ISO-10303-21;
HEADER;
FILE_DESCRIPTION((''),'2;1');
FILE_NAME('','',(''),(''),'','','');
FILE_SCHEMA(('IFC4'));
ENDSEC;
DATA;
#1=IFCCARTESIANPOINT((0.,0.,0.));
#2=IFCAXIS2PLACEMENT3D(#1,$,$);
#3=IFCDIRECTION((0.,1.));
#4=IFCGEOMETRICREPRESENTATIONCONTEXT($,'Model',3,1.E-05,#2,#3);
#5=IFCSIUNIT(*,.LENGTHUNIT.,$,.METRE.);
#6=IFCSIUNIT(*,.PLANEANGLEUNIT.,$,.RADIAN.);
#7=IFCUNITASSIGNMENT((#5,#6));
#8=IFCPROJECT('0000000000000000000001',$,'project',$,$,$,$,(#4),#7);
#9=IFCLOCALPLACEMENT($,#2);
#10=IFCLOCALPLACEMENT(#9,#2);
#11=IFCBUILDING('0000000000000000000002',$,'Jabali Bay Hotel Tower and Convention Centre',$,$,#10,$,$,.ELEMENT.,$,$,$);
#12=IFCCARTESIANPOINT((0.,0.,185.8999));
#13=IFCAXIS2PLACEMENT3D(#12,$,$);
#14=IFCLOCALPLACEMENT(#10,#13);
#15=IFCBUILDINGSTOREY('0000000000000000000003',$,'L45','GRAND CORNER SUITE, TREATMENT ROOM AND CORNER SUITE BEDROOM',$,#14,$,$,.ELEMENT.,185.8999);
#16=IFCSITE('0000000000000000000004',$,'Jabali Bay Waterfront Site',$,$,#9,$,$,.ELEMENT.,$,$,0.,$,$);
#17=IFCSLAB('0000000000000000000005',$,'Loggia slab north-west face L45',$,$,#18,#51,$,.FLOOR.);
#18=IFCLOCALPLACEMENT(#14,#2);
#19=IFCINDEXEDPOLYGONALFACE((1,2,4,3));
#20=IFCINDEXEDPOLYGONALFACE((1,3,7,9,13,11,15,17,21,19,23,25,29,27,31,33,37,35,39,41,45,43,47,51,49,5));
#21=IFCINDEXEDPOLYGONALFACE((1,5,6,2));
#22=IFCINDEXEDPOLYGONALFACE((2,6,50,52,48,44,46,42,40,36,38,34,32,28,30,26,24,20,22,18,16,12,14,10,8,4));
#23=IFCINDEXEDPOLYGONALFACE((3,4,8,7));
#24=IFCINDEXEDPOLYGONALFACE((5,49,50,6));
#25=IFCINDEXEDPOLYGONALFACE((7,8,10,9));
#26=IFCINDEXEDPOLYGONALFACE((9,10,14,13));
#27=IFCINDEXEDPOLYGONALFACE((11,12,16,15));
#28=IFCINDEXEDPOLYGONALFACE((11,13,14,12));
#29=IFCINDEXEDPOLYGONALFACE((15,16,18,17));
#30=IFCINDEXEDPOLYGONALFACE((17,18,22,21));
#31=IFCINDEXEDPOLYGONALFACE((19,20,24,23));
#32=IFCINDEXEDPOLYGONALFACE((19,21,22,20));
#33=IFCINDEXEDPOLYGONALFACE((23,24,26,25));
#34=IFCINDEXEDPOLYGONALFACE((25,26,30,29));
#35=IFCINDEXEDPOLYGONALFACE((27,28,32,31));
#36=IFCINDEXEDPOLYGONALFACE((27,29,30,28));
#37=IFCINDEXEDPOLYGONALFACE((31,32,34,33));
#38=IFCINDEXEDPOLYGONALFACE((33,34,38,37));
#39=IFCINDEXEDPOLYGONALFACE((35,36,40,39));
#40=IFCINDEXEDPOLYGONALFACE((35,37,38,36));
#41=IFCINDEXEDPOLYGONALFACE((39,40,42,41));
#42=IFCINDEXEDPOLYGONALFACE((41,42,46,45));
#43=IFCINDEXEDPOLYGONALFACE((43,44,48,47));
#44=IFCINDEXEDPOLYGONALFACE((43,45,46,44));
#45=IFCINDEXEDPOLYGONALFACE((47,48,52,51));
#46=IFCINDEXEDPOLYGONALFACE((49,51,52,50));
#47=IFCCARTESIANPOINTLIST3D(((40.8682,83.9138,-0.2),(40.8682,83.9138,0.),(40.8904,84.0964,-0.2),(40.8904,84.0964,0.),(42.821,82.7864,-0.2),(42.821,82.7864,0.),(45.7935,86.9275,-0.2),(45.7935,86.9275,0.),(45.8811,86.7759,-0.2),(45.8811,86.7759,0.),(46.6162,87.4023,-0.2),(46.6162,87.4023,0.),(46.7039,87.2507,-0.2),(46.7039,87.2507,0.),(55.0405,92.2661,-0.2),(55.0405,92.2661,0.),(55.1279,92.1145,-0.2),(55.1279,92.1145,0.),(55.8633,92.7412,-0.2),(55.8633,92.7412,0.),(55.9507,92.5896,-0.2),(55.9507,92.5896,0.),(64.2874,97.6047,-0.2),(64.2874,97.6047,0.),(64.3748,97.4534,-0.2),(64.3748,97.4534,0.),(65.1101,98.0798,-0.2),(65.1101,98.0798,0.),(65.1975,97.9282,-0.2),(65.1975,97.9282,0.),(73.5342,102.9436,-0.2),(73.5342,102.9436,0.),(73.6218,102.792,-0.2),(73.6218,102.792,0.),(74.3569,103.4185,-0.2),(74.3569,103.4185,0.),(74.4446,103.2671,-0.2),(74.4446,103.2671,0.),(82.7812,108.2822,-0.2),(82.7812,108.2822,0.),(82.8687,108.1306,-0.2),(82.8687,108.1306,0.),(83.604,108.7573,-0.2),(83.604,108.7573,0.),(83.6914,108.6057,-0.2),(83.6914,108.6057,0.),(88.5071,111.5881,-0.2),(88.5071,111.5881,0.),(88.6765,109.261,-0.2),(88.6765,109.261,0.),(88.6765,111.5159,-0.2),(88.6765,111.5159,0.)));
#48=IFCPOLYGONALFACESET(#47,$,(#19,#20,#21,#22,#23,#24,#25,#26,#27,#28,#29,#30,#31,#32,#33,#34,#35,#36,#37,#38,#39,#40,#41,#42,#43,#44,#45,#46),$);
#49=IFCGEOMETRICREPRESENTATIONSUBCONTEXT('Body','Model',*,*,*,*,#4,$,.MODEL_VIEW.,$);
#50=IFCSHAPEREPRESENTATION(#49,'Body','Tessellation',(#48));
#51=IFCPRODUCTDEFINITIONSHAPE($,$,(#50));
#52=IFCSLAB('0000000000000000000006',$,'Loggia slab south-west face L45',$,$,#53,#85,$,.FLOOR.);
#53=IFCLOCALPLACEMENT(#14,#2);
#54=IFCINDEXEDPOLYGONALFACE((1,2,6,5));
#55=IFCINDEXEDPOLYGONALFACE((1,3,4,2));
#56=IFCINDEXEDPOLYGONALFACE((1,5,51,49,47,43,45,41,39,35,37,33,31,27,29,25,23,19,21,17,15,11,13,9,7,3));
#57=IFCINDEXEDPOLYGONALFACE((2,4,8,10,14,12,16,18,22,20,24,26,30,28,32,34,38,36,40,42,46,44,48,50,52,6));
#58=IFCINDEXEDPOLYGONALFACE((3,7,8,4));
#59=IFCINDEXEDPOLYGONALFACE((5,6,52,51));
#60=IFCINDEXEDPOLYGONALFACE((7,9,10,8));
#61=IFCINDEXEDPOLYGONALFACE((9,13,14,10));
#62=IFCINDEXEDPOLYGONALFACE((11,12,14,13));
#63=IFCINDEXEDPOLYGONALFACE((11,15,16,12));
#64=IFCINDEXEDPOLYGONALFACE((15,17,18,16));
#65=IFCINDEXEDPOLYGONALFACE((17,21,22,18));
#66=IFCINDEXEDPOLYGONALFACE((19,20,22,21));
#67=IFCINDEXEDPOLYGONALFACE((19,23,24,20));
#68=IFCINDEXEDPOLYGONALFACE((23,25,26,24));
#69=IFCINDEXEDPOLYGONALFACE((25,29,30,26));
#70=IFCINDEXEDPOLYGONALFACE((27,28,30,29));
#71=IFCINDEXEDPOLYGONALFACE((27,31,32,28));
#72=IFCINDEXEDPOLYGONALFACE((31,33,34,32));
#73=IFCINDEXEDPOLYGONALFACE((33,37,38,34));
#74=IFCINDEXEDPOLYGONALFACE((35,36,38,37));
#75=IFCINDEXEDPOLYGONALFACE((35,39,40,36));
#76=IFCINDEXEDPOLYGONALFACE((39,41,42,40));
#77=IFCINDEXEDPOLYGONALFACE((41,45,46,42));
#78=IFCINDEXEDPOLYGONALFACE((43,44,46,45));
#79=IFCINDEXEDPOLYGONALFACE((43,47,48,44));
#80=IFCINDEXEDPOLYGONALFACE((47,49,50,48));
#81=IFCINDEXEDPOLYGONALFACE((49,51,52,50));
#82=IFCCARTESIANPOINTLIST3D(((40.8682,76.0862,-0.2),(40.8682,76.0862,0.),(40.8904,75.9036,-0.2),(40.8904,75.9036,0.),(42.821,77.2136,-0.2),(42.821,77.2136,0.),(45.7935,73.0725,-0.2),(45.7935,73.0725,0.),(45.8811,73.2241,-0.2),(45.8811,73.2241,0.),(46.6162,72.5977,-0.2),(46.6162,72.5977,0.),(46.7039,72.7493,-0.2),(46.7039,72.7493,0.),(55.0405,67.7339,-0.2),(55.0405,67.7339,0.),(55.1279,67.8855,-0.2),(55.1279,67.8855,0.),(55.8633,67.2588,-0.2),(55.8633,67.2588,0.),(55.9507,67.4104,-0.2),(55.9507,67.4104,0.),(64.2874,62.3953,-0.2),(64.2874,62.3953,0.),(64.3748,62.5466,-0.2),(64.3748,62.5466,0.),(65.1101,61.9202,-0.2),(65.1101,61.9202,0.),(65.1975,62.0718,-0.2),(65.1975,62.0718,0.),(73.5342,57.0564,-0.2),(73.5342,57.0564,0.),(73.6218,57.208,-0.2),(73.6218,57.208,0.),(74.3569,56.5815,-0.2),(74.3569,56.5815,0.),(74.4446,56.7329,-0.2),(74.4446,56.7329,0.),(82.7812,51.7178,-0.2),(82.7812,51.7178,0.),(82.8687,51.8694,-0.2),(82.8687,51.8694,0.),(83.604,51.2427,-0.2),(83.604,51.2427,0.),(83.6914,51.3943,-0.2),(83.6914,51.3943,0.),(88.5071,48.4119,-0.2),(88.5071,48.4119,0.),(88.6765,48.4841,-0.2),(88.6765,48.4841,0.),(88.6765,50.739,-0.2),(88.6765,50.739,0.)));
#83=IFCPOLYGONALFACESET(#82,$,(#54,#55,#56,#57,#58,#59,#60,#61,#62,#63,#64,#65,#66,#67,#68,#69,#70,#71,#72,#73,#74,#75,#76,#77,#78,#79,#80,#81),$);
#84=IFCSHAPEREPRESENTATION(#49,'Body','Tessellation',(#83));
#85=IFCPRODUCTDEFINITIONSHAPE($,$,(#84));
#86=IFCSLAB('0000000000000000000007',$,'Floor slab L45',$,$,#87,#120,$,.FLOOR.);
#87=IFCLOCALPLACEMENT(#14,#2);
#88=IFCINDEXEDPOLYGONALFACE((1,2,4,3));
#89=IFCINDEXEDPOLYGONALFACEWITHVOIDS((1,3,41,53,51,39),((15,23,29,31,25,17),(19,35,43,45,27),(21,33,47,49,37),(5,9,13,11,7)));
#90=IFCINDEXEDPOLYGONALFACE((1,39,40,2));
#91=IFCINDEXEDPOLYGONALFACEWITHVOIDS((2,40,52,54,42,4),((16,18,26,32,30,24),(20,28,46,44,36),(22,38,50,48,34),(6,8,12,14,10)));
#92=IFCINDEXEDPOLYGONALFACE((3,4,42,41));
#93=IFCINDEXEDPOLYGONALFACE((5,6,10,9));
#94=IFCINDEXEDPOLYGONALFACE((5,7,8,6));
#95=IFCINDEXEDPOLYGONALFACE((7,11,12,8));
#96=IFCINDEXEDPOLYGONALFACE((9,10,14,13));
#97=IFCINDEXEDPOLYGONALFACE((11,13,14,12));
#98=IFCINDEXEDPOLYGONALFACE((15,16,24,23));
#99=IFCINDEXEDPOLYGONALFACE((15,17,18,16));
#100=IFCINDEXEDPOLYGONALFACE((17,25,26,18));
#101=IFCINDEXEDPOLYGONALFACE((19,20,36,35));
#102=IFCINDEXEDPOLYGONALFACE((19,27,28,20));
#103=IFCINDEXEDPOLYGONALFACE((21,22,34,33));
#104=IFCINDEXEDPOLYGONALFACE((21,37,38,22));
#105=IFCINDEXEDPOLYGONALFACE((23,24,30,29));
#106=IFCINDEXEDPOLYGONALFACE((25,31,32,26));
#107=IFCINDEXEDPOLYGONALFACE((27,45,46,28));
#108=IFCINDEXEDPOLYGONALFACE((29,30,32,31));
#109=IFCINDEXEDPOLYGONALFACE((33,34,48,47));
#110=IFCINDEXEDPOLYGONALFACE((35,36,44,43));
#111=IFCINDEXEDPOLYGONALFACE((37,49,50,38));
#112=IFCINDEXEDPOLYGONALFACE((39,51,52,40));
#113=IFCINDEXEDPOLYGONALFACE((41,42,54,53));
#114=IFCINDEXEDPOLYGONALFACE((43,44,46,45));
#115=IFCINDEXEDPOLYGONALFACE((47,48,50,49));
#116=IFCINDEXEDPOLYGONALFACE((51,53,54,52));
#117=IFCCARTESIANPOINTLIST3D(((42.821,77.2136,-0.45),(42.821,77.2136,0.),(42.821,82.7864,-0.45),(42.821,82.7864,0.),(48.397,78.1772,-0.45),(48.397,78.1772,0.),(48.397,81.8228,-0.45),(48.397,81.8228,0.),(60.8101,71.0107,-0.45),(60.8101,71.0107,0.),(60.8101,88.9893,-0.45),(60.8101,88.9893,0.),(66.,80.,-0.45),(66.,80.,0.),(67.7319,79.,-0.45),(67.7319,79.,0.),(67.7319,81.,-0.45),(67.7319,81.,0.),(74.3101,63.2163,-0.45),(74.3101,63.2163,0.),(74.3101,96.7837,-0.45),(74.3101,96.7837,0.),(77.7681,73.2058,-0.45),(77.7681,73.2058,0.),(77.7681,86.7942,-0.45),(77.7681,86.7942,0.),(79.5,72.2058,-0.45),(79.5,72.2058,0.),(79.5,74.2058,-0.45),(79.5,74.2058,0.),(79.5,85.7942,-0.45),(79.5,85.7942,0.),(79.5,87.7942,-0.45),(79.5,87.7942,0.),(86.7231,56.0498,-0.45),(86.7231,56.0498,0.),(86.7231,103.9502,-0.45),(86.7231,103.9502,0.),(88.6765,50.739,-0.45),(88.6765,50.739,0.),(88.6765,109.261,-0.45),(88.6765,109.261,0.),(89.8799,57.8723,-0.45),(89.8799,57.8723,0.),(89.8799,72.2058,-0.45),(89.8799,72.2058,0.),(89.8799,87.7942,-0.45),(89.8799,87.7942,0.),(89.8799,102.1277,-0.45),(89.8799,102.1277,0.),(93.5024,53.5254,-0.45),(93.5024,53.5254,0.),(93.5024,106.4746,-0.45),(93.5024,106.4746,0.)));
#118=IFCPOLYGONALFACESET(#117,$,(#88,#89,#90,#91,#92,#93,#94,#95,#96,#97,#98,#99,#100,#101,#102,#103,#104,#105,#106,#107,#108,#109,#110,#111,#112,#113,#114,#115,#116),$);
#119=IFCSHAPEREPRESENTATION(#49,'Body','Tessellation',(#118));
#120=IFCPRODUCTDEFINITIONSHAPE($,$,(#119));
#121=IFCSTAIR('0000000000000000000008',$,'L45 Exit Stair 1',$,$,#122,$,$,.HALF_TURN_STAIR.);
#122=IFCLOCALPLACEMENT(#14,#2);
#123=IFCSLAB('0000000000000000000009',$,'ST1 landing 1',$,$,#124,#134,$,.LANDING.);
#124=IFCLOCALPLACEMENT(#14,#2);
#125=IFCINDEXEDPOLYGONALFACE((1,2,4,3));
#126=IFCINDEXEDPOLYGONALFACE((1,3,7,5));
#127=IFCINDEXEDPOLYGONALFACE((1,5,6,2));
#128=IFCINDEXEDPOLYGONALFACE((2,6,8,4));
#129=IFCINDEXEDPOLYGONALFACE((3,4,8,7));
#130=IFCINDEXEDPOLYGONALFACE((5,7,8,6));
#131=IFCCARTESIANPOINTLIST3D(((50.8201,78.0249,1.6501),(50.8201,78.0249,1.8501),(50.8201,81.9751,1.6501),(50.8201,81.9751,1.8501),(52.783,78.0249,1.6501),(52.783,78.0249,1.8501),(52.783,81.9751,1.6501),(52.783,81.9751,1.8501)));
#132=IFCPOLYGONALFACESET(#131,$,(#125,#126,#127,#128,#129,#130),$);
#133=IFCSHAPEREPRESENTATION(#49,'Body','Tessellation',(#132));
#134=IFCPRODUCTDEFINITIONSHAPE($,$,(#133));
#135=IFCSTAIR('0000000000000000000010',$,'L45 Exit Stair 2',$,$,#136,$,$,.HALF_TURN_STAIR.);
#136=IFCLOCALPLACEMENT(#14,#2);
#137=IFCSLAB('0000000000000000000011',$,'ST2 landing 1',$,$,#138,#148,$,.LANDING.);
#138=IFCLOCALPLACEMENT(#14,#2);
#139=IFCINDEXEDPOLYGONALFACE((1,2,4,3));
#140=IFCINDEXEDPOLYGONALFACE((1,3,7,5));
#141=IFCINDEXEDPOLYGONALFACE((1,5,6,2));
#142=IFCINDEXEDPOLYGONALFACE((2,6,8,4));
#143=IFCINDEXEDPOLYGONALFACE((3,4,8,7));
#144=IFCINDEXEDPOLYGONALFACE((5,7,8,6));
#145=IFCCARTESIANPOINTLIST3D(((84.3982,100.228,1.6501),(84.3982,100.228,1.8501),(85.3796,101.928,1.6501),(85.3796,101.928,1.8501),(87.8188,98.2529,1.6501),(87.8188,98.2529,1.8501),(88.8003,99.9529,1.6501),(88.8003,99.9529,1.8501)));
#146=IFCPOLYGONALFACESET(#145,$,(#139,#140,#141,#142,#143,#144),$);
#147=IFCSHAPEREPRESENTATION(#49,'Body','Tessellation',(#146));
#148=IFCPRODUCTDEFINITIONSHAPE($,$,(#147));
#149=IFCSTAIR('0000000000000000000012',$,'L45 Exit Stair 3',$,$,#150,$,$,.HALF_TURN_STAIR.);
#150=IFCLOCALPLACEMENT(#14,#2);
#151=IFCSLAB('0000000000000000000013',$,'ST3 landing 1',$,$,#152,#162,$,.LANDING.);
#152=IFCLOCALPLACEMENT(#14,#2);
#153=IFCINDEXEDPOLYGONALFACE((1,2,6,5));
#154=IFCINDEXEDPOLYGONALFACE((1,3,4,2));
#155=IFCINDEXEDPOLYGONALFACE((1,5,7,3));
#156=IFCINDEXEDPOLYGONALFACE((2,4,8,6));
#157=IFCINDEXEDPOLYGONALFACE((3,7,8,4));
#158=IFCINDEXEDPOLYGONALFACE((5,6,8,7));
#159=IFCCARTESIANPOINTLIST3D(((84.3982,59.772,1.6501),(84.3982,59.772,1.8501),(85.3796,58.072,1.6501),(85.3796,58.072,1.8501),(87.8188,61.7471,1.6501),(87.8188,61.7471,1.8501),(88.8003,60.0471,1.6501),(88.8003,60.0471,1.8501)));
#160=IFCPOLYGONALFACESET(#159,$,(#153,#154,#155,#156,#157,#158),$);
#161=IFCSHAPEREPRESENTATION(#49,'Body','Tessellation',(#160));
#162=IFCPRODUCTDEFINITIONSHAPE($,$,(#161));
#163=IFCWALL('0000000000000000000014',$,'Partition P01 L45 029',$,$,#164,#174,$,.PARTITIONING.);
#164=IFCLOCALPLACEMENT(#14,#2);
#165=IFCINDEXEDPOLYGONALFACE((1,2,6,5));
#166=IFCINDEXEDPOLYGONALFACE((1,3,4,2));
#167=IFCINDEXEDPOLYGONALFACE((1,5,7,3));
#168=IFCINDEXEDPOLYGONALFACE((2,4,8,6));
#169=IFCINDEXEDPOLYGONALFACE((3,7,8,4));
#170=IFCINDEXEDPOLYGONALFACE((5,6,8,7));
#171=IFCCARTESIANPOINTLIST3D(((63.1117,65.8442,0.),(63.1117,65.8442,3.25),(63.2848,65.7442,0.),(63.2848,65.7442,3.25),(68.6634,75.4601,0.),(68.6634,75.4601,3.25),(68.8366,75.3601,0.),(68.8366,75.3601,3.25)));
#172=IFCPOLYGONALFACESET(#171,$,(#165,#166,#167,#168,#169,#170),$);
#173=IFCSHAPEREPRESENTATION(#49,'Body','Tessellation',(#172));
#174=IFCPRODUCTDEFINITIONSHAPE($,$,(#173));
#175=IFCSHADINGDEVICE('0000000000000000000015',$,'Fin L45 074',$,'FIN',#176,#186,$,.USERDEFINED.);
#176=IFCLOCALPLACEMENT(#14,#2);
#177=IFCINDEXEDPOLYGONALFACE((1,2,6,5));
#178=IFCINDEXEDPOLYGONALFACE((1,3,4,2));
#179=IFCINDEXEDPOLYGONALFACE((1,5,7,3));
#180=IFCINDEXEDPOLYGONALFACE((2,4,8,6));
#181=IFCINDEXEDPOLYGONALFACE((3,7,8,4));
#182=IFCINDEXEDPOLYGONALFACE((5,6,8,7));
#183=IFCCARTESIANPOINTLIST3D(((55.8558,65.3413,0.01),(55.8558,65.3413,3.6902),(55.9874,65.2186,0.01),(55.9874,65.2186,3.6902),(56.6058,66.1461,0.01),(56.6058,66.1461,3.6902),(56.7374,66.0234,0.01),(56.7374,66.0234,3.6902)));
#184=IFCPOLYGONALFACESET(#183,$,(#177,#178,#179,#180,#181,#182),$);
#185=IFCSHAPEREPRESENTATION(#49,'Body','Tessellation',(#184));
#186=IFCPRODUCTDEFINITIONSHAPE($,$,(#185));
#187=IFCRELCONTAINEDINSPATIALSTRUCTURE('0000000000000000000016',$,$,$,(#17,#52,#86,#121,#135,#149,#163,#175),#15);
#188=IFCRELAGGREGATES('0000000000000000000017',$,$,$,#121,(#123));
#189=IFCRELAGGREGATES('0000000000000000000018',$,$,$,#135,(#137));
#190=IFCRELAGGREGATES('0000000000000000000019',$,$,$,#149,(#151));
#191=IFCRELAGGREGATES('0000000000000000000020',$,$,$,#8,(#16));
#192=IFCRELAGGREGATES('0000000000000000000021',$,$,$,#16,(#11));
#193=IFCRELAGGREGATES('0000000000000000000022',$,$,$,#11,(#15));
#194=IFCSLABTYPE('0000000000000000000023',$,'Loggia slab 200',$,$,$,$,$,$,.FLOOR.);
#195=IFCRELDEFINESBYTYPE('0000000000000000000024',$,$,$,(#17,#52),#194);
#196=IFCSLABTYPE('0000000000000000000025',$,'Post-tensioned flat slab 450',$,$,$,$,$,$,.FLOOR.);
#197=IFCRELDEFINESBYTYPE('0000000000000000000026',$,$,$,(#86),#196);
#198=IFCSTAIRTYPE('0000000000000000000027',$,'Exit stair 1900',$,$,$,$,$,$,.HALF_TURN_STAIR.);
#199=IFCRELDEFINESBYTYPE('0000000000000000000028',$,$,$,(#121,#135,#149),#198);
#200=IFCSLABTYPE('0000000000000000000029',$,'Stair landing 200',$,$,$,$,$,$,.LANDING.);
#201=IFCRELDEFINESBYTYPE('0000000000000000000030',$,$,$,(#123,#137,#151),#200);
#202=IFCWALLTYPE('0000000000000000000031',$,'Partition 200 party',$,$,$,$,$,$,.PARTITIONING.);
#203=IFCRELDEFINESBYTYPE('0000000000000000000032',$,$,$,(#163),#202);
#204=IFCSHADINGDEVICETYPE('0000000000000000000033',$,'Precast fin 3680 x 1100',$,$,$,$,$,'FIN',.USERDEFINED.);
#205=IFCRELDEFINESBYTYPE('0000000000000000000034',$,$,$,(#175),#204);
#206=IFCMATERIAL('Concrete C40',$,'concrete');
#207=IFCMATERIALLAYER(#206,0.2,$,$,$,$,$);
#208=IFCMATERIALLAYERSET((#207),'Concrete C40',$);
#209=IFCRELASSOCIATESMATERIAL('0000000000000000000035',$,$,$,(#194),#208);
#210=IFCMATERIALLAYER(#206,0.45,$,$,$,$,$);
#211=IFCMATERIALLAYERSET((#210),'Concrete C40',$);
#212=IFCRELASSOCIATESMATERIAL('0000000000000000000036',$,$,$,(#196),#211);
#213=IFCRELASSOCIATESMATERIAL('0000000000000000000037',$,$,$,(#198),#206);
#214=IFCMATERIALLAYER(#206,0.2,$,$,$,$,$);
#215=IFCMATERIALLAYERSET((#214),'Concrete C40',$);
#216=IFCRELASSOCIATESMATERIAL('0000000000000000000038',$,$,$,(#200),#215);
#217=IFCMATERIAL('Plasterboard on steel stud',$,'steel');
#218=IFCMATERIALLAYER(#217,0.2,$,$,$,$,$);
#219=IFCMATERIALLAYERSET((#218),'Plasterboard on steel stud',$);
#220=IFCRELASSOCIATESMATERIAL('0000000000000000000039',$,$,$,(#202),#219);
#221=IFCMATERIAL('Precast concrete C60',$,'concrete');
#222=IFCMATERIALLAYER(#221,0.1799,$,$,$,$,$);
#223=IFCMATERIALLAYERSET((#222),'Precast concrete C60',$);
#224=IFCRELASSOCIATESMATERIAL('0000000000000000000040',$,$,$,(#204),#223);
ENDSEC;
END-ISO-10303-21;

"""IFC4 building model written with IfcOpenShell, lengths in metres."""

from ifc_helpers import new_model, si_unit, direction, frame, frame_2d, origin, place, context, subcontext, project, spatial, polyline, rectangle, outline, extrude, material, layer, layer_set, type_object, element, aggregate, save


model = new_model("IFC4")

# Units and contexts
model_context = context("Model", 3, precision=1e-05, world=origin(), true_north=direction((0.0, 1.0)))
body_context = subcontext(model_context, "Body", "Model", "MODEL_VIEW")
ifc_project = project(units=[si_unit("LENGTHUNIT", "METRE"), si_unit("PLANEANGLEUNIT", "RADIAN")], contexts=[model_context])

# Site, building, storey
site_placement = place(None, origin())
site = spatial("IfcSite", under=ifc_project, at=site_placement, Name="Jabali Bay Waterfront Site", CompositionType="ELEMENT", RefElevation=0.0)
building_placement = place(site_placement, origin())
building = spatial("IfcBuilding", under=site, at=building_placement, Name="Jabali Bay Hotel Tower and Convention Centre", CompositionType="ELEMENT")
storey_placement = place(building_placement, frame((0.0, 0.0, 185.8999)))
storey = spatial("IfcBuildingStorey", under=building, at=storey_placement, Name="L45", Description="GRAND CORNER SUITE, TREATMENT ROOM AND CORNER SUITE BEDROOM", CompositionType="ELEMENT", Elevation=185.8999)

# Slabs
ifc_material_1 = material(Name="Concrete C40", Category="concrete")
ifc_layer_1 = layer(ifc_material_1, 0.2)
ifc_layer_set_1 = layer_set([ifc_layer_1], Name="Concrete C40")
slab_type_1 = type_object("IfcSlabType", Name="Loggia slab 200", PredefinedType="FLOOR", material=ifc_layer_set_1)
slab_1_placement = place(storey_placement, frame((0.0, 0.0, -0.2)))
element("IfcSlab", 1, at=slab_1_placement, inside=storey, type_object=slab_type_1, Name="Loggia slab north-west face L45", PredefinedType="FLOOR", context=body_context, shape_type="SweptSolid", body=[
    extrude(outline(polyline([(42.821, 82.7864), (40.8682, 83.9138), (40.8904, 84.0964), (45.7935, 86.9275), (45.8811, 86.7759), (46.7039, 87.2507), (46.6162, 87.4023), (55.0405, 92.2661), (55.1279, 92.1145), (55.9507, 92.5896), (55.8633, 92.7412), (64.2874, 97.6047), (64.3748, 97.4534), (65.1975, 97.9282), (65.1101, 98.0798), (73.5342, 102.9436), (73.6218, 102.792), (74.4446, 103.2671), (74.3569, 103.4185), (82.7812, 108.2822), (82.8687, 108.1306), (83.6914, 108.6057), (83.604, 108.7573), (88.5071, 111.5881), (88.6765, 111.5159), (88.6765, 109.261), (42.821, 82.7864)])), origin(), (0.0, 0.0, 1.0), 0.2),
])
slab_2_placement = place(storey_placement, frame((0.0, 0.0, -0.2)))
element("IfcSlab", 2, at=slab_2_placement, inside=storey, type_object=slab_type_1, Name="Loggia slab south-west face L45", PredefinedType="FLOOR", context=body_context, shape_type="SweptSolid", body=[
    extrude(outline(polyline([(88.6765, 50.739), (88.6765, 48.4841), (88.5071, 48.4119), (83.604, 51.2427), (83.6914, 51.3943), (82.8687, 51.8694), (82.7812, 51.7178), (74.3569, 56.5815), (74.4446, 56.7329), (73.6218, 57.208), (73.5342, 57.0564), (65.1101, 61.9202), (65.1975, 62.0718), (64.3748, 62.5466), (64.2874, 62.3953), (55.8633, 67.2588), (55.9507, 67.4104), (55.1279, 67.8855), (55.0405, 67.7339), (46.6162, 72.5977), (46.7039, 72.7493), (45.8811, 73.2241), (45.7935, 73.0725), (40.8904, 75.9036), (40.8682, 76.0862), (42.821, 77.2136), (88.6765, 50.739)])), origin(), (0.0, 0.0, 1.0), 0.2),
])
ifc_layer_2 = layer(ifc_material_1, 0.45)
ifc_layer_set_2 = layer_set([ifc_layer_2], Name="Concrete C40")
slab_type_2 = type_object("IfcSlabType", Name="Post-tensioned flat slab 450", PredefinedType="FLOOR", material=ifc_layer_set_2)
slab_3_placement = place(storey_placement, frame((0.0, 0.0, -0.45)))
element("IfcSlab", 3, at=slab_3_placement, inside=storey, type_object=slab_type_2, Name="Floor slab L45", PredefinedType="FLOOR", context=body_context, shape_type="SweptSolid", body=[
    extrude(outline(polyline([(88.6765, 109.261), (93.5024, 106.4746), (93.5024, 53.5254), (88.6765, 50.739), (42.821, 77.2136), (42.821, 82.7864), (88.6765, 109.261)]), holes=[polyline([(67.7319, 79.0), (77.7681, 73.2058), (79.5, 74.2058), (79.5, 85.7942), (77.7681, 86.7942), (67.7319, 81.0), (67.7319, 79.0)]), polyline([(48.397, 78.1772), (60.8101, 71.0107), (66.0, 80.0), (60.8101, 88.9893), (48.397, 81.8228), (48.397, 78.1772)]), polyline([(89.8799, 102.1277), (86.7231, 103.9502), (74.3101, 96.7837), (79.5, 87.7942), (89.8799, 87.7942), (89.8799, 102.1277)]), polyline([(74.3101, 63.2163), (86.7231, 56.0498), (89.8799, 57.8723), (89.8799, 72.2058), (79.5, 72.2058), (74.3101, 63.2163)])]), origin(), (0.0, 0.0, 1.0), 0.45),
])

# Stairs, slabs
stair_type = type_object("IfcStairType", Name="Exit stair 1900", PredefinedType="HALF_TURN_STAIR", material=ifc_material_1)
stair_1_placement = place(storey_placement, origin())
stair_1 = element("IfcStair", 4, at=stair_1_placement, inside=storey, type_object=stair_type, Name="L45 Exit Stair 1", PredefinedType="HALF_TURN_STAIR")
ifc_layer_3 = layer(ifc_material_1, 0.2)
ifc_layer_set_3 = layer_set([ifc_layer_3], Name="Concrete C40")
slab_type_3 = type_object("IfcSlabType", Name="Stair landing 200", PredefinedType="LANDING", material=ifc_layer_set_3)
slab_4_placement = place(storey_placement, frame((0.0, 0.0, 1.6501)))
slab_4 = element("IfcSlab", 5, at=slab_4_placement, type_object=slab_type_3, Name="ST1 landing 1", PredefinedType="LANDING", context=body_context, shape_type="SweptSolid", body=[
    extrude(outline(polyline([(52.783, 81.9751), (50.8201, 81.9751), (50.8201, 78.0249), (52.783, 78.0249), (52.783, 81.9751)])), origin(), (0.0, 0.0, 1.0), 0.2),
])
aggregate(stair_1, [slab_4])
stair_2_placement = place(storey_placement, origin())
stair_2 = element("IfcStair", 6, at=stair_2_placement, inside=storey, type_object=stair_type, Name="L45 Exit Stair 2", PredefinedType="HALF_TURN_STAIR")
slab_5_placement = place(storey_placement, frame((0.0, 0.0, 1.6501)))
slab_5 = element("IfcSlab", 7, at=slab_5_placement, type_object=slab_type_3, Name="ST2 landing 1", PredefinedType="LANDING", context=body_context, shape_type="SweptSolid", body=[
    extrude(outline(polyline([(87.8188, 98.2529), (88.8003, 99.9529), (85.3796, 101.928), (84.3982, 100.228), (87.8188, 98.2529)])), origin(), (0.0, 0.0, 1.0), 0.2),
])
aggregate(stair_2, [slab_5])
stair_3_placement = place(storey_placement, origin())
stair_3 = element("IfcStair", 8, at=stair_3_placement, inside=storey, type_object=stair_type, Name="L45 Exit Stair 3", PredefinedType="HALF_TURN_STAIR")
slab_6_placement = place(storey_placement, frame((0.0, 0.0, 1.6501)))
slab_6 = element("IfcSlab", 9, at=slab_6_placement, type_object=slab_type_3, Name="ST3 landing 1", PredefinedType="LANDING", context=body_context, shape_type="SweptSolid", body=[
    extrude(outline(polyline([(84.3982, 59.772), (85.3796, 58.072), (88.8003, 60.0471), (87.8188, 61.7471), (84.3982, 59.772)])), origin(), (0.0, 0.0, 1.0), 0.2),
])
aggregate(stair_3, [slab_6])

# Wall
ifc_material_2 = material(Name="Plasterboard on steel stud", Category="steel")
ifc_layer_4 = layer(ifc_material_2, 0.2)
ifc_layer_set_4 = layer_set([ifc_layer_4], Name="Plasterboard on steel stud")
wall_type = type_object("IfcWallType", Name="Partition 200 party", PredefinedType="PARTITIONING", material=ifc_layer_set_4)
wall_placement = place(storey_placement, frame((63.1982, 65.7942, 0.0), z_axis=(0.0, 0.0, 1.0), x_axis=(0.499998, 0.866026, 0.0)))
element("IfcWall", 10, at=wall_placement, inside=storey, type_object=wall_type, Name="Partition P01 L45 029", PredefinedType="PARTITIONING", context=body_context, shape_type="SweptSolid", body=[
    extrude(rectangle(XDim=11.1035, YDim=0.2, at=frame_2d((5.5518, 0.0))), origin(), (0.0, 0.0, 1.0), 3.25),
])

# Shading device
ifc_material_3 = material(Name="Precast concrete C60", Category="concrete")
ifc_layer_5 = layer(ifc_material_3, 0.1799)
ifc_layer_set_5 = layer_set([ifc_layer_5], Name="Precast concrete C60")
shading_device_type_1 = type_object("IfcShadingDeviceType", Name="Precast fin 3680 x 1100", ElementType="FIN", PredefinedType="USERDEFINED", material=ifc_layer_set_5)
shading_device_1_placement = place(storey_placement, frame((56.6716, 66.0847, 0.01), z_axis=(0.0, 0.0, 1.0), x_axis=(-0.681812, -0.731527, 0.0)))
element("IfcShadingDevice", 11, at=shading_device_1_placement, inside=storey, type_object=shading_device_type_1, Name="Fin L45 074", ObjectType="FIN", PredefinedType="USERDEFINED", context=body_context, shape_type="SweptSolid", body=[
    extrude(rectangle(XDim=1.1001, YDim=0.1799, at=frame_2d((0.55, 0.0))), origin(), (0.0, 0.0, 1.0), 3.6802),
])

save(model, "model.ifc")
